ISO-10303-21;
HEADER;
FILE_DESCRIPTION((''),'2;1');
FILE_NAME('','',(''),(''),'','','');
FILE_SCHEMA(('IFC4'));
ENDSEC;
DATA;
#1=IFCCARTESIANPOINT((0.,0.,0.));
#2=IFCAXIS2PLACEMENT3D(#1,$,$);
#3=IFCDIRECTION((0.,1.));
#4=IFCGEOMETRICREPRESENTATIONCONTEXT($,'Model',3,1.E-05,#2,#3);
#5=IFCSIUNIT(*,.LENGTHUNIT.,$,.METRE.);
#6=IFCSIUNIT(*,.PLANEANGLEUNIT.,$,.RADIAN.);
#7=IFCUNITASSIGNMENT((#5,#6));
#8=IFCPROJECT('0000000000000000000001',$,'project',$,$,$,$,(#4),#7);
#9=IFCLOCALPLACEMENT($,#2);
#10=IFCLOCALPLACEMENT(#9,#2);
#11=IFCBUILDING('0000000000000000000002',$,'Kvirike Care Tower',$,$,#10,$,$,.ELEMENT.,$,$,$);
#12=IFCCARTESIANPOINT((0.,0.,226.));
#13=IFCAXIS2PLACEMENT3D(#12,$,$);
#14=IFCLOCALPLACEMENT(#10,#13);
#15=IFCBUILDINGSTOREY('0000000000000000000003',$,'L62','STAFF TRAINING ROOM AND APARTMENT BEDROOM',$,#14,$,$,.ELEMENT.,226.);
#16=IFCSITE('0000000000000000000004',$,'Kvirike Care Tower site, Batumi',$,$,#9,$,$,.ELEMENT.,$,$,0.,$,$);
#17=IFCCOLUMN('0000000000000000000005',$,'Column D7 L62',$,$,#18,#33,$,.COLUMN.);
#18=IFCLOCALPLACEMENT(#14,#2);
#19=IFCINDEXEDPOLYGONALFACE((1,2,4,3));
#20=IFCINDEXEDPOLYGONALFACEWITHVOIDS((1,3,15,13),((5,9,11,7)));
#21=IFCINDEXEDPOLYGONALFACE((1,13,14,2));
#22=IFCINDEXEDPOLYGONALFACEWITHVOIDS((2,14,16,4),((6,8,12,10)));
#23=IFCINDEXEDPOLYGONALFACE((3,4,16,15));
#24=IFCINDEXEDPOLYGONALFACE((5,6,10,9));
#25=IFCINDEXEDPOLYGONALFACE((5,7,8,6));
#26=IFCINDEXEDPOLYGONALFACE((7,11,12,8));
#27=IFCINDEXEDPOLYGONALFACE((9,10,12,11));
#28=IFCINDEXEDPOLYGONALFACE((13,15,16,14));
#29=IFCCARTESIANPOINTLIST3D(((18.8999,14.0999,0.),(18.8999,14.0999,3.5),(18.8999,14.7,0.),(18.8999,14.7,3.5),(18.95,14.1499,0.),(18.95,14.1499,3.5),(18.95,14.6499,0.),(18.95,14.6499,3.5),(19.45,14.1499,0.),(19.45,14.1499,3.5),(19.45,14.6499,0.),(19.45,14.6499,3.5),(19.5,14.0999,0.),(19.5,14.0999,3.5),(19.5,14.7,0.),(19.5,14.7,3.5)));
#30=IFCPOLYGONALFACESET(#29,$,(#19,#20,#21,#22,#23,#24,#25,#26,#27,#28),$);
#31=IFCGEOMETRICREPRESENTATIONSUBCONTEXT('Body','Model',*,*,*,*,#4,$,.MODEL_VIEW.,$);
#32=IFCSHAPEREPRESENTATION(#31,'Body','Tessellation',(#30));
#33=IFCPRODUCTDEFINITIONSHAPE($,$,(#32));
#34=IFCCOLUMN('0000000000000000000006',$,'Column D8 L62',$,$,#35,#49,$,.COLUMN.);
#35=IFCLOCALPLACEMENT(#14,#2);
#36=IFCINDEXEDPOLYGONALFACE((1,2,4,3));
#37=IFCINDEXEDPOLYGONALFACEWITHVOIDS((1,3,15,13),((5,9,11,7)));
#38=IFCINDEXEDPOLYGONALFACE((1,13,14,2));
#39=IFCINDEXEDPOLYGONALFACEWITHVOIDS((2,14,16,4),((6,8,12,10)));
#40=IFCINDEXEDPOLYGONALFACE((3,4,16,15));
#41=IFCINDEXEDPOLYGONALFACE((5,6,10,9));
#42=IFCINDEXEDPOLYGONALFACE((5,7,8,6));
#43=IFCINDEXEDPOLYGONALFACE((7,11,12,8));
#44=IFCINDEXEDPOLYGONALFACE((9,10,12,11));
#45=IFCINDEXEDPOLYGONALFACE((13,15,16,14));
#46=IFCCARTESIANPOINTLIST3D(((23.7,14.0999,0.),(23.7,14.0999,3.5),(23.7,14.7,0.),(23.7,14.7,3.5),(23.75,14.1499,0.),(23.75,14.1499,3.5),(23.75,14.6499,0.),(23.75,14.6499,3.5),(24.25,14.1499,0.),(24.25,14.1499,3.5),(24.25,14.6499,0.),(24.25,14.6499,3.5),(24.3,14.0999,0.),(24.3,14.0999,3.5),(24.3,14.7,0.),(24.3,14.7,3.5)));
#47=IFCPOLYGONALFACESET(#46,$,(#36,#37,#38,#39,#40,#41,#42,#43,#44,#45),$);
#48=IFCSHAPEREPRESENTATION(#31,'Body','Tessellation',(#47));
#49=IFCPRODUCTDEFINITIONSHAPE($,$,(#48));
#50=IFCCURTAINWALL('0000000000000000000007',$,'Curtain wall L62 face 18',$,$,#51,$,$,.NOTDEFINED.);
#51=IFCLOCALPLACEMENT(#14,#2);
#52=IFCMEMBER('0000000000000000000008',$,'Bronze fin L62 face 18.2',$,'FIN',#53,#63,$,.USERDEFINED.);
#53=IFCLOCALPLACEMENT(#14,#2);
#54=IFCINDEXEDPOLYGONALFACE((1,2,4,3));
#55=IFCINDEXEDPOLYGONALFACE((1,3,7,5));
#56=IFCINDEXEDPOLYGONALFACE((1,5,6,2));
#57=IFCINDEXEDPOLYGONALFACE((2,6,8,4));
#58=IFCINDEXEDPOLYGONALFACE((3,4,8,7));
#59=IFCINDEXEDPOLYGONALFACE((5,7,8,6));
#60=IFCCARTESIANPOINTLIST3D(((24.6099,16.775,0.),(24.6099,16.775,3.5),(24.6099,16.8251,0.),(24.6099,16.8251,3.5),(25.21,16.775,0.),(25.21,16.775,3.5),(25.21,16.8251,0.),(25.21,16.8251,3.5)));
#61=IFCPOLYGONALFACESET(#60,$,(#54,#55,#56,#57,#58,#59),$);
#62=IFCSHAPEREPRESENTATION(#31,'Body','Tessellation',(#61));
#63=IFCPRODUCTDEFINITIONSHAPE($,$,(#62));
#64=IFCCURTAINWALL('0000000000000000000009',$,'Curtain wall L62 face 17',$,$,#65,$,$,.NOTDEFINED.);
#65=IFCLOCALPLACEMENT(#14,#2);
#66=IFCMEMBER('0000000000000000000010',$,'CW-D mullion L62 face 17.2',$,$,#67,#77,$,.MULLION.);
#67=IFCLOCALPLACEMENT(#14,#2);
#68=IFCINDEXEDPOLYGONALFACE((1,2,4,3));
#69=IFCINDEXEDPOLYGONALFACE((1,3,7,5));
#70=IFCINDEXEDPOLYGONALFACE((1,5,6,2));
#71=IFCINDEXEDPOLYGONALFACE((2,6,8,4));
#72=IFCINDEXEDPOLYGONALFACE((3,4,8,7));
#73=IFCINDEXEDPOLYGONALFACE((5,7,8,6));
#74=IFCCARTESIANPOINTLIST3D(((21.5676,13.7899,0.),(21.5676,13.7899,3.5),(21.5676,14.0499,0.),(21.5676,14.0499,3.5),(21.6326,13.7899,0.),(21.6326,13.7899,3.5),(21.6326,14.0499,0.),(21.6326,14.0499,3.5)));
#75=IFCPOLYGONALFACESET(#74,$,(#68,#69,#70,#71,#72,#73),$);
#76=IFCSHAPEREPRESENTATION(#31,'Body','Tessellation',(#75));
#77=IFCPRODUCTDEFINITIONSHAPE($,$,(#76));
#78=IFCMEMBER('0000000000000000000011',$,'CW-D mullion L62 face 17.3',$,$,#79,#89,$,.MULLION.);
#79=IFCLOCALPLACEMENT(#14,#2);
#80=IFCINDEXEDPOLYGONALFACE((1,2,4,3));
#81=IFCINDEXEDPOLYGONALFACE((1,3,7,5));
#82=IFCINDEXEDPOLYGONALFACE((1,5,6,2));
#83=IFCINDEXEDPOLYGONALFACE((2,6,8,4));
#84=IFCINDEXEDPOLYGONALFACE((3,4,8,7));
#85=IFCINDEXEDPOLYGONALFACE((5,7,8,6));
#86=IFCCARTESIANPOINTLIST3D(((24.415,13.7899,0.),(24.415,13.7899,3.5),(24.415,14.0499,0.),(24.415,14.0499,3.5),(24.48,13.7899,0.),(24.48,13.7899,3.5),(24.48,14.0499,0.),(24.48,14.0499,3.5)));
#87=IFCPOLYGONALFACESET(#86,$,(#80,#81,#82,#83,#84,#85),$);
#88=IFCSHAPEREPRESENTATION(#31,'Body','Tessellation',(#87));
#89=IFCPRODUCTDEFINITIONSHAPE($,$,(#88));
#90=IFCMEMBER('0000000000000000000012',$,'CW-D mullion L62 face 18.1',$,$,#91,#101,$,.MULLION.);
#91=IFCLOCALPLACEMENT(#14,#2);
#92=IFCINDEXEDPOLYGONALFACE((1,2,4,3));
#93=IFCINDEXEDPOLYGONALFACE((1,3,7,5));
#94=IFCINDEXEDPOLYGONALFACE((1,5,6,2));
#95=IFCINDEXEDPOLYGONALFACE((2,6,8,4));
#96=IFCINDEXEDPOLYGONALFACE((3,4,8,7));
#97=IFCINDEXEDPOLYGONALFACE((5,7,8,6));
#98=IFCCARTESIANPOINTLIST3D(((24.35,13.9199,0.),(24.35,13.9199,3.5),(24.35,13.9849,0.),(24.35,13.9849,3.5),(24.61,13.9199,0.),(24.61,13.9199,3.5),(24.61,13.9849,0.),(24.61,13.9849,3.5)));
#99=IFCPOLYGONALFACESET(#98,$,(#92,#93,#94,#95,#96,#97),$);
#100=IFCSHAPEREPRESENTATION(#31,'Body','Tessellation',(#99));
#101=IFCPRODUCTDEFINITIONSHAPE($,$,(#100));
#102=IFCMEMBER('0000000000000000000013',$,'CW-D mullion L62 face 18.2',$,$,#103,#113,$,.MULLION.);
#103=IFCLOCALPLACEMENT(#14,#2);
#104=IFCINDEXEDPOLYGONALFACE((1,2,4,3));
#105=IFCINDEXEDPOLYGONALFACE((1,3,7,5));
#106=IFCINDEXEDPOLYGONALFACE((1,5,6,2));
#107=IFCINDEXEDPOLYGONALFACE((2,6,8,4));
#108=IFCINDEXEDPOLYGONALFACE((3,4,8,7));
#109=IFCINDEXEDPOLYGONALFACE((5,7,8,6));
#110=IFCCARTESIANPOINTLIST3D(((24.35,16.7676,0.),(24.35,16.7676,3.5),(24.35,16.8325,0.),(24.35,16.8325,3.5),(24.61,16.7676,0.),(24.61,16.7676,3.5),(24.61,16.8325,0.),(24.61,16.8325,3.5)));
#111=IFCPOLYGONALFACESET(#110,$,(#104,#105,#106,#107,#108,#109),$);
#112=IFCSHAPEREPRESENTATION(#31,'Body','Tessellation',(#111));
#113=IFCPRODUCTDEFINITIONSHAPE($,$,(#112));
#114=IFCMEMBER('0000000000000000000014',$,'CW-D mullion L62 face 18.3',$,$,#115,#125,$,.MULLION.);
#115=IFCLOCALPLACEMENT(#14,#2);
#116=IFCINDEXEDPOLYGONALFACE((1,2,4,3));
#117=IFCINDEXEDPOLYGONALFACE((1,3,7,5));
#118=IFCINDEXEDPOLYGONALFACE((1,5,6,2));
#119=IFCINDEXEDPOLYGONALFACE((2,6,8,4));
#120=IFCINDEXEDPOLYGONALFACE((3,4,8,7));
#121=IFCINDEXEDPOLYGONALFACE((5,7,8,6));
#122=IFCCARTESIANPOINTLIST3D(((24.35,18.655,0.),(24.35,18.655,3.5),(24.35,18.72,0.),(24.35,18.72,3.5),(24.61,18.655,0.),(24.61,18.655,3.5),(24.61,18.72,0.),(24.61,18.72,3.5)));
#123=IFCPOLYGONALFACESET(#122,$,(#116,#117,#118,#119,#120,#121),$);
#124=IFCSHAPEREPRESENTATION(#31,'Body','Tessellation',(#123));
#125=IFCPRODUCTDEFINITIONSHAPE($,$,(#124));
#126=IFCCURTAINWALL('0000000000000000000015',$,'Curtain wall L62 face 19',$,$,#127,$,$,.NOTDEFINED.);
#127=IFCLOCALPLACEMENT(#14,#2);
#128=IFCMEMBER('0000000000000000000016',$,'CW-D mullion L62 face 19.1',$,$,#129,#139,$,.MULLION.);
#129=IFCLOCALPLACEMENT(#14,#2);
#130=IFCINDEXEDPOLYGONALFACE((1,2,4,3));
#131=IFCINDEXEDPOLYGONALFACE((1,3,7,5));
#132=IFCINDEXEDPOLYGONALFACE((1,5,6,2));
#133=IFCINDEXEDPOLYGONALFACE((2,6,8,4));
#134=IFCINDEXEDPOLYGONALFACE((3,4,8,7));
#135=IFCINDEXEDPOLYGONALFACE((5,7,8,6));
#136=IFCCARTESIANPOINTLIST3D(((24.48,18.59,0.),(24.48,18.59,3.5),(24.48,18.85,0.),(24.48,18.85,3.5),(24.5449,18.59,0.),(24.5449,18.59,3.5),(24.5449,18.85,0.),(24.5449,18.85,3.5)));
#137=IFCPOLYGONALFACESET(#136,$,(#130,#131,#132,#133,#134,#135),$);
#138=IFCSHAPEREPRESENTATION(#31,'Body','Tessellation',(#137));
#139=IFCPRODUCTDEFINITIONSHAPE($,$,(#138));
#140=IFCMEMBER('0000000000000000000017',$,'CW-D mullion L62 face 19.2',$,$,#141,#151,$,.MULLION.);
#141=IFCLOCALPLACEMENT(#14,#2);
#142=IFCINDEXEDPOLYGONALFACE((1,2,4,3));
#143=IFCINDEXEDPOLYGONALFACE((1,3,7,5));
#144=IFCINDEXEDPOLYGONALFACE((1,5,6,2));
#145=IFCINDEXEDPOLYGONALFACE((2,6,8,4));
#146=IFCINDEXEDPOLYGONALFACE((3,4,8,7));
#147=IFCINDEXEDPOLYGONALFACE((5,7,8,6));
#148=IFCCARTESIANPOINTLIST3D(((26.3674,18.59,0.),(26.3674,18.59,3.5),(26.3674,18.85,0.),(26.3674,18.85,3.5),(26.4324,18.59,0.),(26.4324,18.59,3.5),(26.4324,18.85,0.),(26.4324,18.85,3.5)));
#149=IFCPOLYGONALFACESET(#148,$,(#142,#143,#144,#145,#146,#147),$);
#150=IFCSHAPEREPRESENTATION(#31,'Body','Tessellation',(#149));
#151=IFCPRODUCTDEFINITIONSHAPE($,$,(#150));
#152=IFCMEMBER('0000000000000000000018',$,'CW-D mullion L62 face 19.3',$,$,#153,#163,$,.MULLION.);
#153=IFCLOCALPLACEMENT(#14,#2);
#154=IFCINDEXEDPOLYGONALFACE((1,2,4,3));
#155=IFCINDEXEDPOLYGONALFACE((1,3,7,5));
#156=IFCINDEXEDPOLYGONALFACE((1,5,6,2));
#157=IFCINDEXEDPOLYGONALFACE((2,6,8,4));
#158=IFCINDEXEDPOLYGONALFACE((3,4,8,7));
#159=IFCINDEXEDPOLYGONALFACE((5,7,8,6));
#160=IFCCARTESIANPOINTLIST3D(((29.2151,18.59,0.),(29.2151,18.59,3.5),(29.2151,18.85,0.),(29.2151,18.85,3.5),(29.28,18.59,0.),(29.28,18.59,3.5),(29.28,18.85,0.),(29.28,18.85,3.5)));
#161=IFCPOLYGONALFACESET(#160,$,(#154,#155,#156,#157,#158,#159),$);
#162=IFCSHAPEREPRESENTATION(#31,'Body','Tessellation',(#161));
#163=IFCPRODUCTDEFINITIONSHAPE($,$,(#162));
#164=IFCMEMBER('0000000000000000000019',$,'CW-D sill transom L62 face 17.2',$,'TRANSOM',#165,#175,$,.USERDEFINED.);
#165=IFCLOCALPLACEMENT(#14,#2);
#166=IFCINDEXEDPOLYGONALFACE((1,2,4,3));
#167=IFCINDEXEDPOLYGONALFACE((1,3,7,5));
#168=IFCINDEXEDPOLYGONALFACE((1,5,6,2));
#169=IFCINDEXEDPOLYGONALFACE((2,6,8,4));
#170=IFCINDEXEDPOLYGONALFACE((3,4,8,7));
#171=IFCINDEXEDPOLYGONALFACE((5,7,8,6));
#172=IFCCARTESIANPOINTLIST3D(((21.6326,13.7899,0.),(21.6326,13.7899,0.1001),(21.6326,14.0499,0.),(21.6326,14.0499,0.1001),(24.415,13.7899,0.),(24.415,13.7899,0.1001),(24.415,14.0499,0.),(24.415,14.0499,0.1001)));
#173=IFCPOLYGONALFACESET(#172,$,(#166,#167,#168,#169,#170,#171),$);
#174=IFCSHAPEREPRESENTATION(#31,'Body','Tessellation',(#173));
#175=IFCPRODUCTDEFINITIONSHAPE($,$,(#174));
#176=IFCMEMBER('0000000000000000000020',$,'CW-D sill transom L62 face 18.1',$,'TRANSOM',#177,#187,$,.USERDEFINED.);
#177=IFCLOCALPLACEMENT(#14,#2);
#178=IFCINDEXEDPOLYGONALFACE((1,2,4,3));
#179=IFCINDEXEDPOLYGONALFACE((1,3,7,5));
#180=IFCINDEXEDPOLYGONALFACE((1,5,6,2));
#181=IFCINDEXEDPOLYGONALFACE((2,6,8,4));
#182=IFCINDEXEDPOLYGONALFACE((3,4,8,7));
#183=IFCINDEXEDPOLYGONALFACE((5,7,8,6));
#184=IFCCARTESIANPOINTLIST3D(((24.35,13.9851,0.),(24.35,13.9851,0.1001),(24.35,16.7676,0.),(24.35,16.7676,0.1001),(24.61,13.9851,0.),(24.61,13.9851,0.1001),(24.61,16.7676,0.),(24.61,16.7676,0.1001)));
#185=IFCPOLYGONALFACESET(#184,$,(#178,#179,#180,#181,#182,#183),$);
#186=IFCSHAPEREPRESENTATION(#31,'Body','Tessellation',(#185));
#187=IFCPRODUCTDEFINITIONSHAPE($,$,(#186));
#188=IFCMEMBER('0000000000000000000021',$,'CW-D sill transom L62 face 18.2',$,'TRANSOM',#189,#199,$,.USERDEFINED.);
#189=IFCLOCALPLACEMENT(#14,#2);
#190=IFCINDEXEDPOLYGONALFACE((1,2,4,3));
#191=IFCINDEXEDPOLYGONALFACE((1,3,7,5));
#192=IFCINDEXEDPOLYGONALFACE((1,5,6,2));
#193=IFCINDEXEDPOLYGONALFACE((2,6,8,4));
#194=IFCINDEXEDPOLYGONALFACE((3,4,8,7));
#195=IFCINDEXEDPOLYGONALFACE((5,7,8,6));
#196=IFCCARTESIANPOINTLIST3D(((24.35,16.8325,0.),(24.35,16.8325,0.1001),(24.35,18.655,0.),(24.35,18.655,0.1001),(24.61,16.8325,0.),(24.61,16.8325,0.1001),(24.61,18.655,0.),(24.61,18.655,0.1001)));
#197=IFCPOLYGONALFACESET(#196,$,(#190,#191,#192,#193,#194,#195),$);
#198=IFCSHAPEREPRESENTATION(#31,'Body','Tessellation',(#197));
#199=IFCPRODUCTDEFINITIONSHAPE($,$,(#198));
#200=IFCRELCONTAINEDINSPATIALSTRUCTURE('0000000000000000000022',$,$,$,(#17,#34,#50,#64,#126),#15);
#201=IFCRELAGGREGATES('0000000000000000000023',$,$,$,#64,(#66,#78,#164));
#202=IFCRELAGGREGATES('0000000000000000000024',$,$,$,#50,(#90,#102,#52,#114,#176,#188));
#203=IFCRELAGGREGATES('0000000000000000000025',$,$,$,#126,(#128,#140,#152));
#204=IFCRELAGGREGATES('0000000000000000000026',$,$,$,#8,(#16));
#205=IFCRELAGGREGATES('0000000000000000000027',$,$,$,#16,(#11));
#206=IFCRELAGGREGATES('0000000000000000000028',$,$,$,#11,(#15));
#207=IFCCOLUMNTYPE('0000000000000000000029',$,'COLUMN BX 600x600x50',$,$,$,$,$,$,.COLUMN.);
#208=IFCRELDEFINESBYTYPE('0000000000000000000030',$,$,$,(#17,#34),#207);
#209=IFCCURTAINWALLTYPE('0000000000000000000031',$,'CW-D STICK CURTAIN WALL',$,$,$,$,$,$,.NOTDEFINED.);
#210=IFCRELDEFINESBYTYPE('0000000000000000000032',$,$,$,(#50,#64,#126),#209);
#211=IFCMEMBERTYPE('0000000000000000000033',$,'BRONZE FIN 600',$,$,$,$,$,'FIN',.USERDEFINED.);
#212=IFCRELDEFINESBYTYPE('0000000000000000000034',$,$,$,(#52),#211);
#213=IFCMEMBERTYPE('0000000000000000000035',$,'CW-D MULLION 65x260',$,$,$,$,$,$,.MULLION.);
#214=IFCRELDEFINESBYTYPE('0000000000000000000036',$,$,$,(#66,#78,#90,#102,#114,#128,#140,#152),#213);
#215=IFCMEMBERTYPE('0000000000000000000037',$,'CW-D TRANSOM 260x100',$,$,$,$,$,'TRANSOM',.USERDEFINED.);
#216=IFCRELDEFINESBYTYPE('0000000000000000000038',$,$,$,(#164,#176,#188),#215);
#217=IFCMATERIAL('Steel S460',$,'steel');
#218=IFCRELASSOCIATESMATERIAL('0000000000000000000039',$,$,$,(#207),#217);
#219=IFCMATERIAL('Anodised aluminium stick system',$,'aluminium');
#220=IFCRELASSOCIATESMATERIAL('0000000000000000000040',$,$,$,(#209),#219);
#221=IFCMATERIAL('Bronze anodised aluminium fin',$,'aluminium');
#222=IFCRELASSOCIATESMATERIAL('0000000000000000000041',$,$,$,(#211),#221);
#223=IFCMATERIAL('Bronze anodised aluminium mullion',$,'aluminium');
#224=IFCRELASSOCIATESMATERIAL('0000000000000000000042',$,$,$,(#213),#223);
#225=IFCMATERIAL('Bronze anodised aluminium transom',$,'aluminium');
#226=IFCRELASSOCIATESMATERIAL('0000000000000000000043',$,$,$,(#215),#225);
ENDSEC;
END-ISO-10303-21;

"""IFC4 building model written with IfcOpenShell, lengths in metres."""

from ifc_helpers import new_model, si_unit, direction, frame, origin, origin_2d, place, context, subcontext, project, spatial, rectangle, hollow_rectangle, extrude, material, material_profile, profile_set, type_object, element, aggregate, save


model = new_model("IFC4")

# Units and contexts
model_context = context("Model", 3, precision=1e-05, world=origin(), true_north=direction((0.0, 1.0)))
body_context = subcontext(model_context, "Body", "Model", "MODEL_VIEW")
ifc_project = project(units=[si_unit("LENGTHUNIT", "METRE"), si_unit("PLANEANGLEUNIT", "RADIAN")], contexts=[model_context])

# Site, building, storey
site_placement = place(None, origin())
site = spatial("IfcSite", under=ifc_project, at=site_placement, Name="Kvirike Care Tower site, Batumi", CompositionType="ELEMENT", RefElevation=0.0)
building_placement = place(site_placement, origin())
building = spatial("IfcBuilding", under=site, at=building_placement, Name="Kvirike Care Tower", CompositionType="ELEMENT")
storey_placement = place(building_placement, frame((0.0, 0.0, 226.0)))
storey = spatial("IfcBuildingStorey", under=building, at=storey_placement, Name="L62", Description="STAFF TRAINING ROOM AND APARTMENT BEDROOM", CompositionType="ELEMENT", Elevation=226.0)

# Columns
ifc_material_1 = material(Name="Steel S460", Category="steel")
ifc_material_profile_1 = material_profile(ifc_material_1, hollow_rectangle(XDim=0.6001, YDim=0.6001, WallThickness=0.05, at=origin_2d()), Name="BX 600x600x50")
ifc_profile_set_1 = profile_set([ifc_material_profile_1], Name="Steel S460")
column_type = type_object("IfcColumnType", Name="COLUMN BX 600x600x50", PredefinedType="COLUMN", material=ifc_profile_set_1)
for number, where, z_axis, x_axis, name in (
    (1, (19.2, 14.3999, 0.0), (0.0, 0.0, 1.0), (0.0, 1.0, 0.0), "Column D7 L62"),
    (2, (24.0, 14.3999, 0.0), (0.0, 0.0, 1.0), (0.0, 1.0, 0.0), "Column D8 L62"),
):
    element("IfcColumn", number, at=place(storey_placement, frame(where, z_axis=z_axis, x_axis=x_axis)), inside=storey, type_object=column_type, Name=name, PredefinedType="COLUMN", context=body_context, shape_type="SweptSolid", body=[
        extrude(hollow_rectangle(XDim=0.6001, YDim=0.6001, WallThickness=0.05, at=origin_2d()), origin(), (0.0, 0.0, 1.0), 3.5),
    ])

# Curtain wall, member
ifc_material_2 = material(Name="Anodised aluminium stick system", Category="aluminium")
curtain_wall_type = type_object("IfcCurtainWallType", Name="CW-D STICK CURTAIN WALL", PredefinedType="NOTDEFINED", material=ifc_material_2)
curtain_wall_1_placement = place(storey_placement, origin())
curtain_wall_1 = element("IfcCurtainWall", 3, at=curtain_wall_1_placement, inside=storey, type_object=curtain_wall_type, Name="Curtain wall L62 face 18", PredefinedType="NOTDEFINED")
ifc_material_3 = material(Name="Bronze anodised aluminium fin", Category="aluminium")
ifc_material_profile_2 = material_profile(ifc_material_3, rectangle(XDim=0.05, YDim=0.6001, at=origin_2d()), Name="BRONZE FIN 600")
ifc_profile_set_2 = profile_set([ifc_material_profile_2], Name="Bronze anodised aluminium fin")
member_type_1 = type_object("IfcMemberType", Name="BRONZE FIN 600", ElementType="FIN", PredefinedType="USERDEFINED", material=ifc_profile_set_2)
member_1_placement = place(storey_placement, frame((24.9099, 16.8, 0.0), z_axis=(0.0, 0.0, 1.0), x_axis=(0.0, 1.0, 0.0)))
member_1 = element("IfcMember", 4, at=member_1_placement, type_object=member_type_1, Name="Bronze fin L62 face 18.2", ObjectType="FIN", PredefinedType="USERDEFINED", context=body_context, shape_type="SweptSolid", body=[
    extrude(rectangle(XDim=0.05, YDim=0.6001, at=origin_2d()), origin(), (0.0, 0.0, 1.0), 3.5),
])

# Curtain wall, members
curtain_wall_2_placement = place(storey_placement, origin())
curtain_wall_2 = element("IfcCurtainWall", 5, at=curtain_wall_2_placement, inside=storey, type_object=curtain_wall_type, Name="Curtain wall L62 face 17", PredefinedType="NOTDEFINED")
ifc_material_4 = material(Name="Bronze anodised aluminium mullion", Category="aluminium")
ifc_material_profile_3 = material_profile(ifc_material_4, rectangle(XDim=0.0649, YDim=0.26, at=origin_2d()), Name="CW-D MULLION 65x260")
ifc_profile_set_3 = profile_set([ifc_material_profile_3], Name="Bronze anodised aluminium mullion")
member_type_2 = type_object("IfcMemberType", Name="CW-D MULLION 65x260", PredefinedType="MULLION", material=ifc_profile_set_3)
member_2_placement = place(storey_placement, frame((21.6001, 13.9199, 0.0), z_axis=(0.0, 0.0, 1.0), x_axis=(1.0, 0.0, 0.0)))
member_2 = element("IfcMember", 6, at=member_2_placement, type_object=member_type_2, Name="CW-D mullion L62 face 17.2", PredefinedType="MULLION", context=body_context, shape_type="SweptSolid", body=[
    extrude(rectangle(XDim=0.0649, YDim=0.26, at=origin_2d()), origin(), (0.0, 0.0, 1.0), 3.5),
])
member_3_placement = place(storey_placement, frame((24.4475, 13.9199, 0.0), z_axis=(0.0, 0.0, 1.0), x_axis=(1.0, 0.0, 0.0)))
member_3 = element("IfcMember", 7, at=member_3_placement, type_object=member_type_2, Name="CW-D mullion L62 face 17.3", PredefinedType="MULLION", context=body_context, shape_type="SweptSolid", body=[
    extrude(rectangle(XDim=0.0649, YDim=0.26, at=origin_2d()), origin(), (0.0, 0.0, 1.0), 3.5),
])

# Members
member_4_placement = place(storey_placement, frame((24.48, 13.9524, 0.0), z_axis=(0.0, 0.0, 1.0), x_axis=(0.0, 1.0, 0.0)))
member_4 = element("IfcMember", 8, at=member_4_placement, type_object=member_type_2, Name="CW-D mullion L62 face 18.1", PredefinedType="MULLION", context=body_context, shape_type="SweptSolid", body=[
    extrude(rectangle(XDim=0.0649, YDim=0.26, at=origin_2d()), origin(), (0.0, 0.0, 1.0), 3.5),
])
member_5_placement = place(storey_placement, frame((24.48, 16.8, 0.0), z_axis=(0.0, 0.0, 1.0), x_axis=(0.0, 1.0, 0.0)))
member_5 = element("IfcMember", 9, at=member_5_placement, type_object=member_type_2, Name="CW-D mullion L62 face 18.2", PredefinedType="MULLION", context=body_context, shape_type="SweptSolid", body=[
    extrude(rectangle(XDim=0.0649, YDim=0.26, at=origin_2d()), origin(), (0.0, 0.0, 1.0), 3.5),
])
member_6_placement = place(storey_placement, frame((24.48, 18.6875, 0.0), z_axis=(0.0, 0.0, 1.0), x_axis=(0.0, 1.0, 0.0)))
member_6 = element("IfcMember", 10, at=member_6_placement, type_object=member_type_2, Name="CW-D mullion L62 face 18.3", PredefinedType="MULLION", context=body_context, shape_type="SweptSolid", body=[
    extrude(rectangle(XDim=0.0649, YDim=0.26, at=origin_2d()), origin(), (0.0, 0.0, 1.0), 3.5),
])

# Curtain wall, members
curtain_wall_3_placement = place(storey_placement, origin())
curtain_wall_3 = element("IfcCurtainWall", 11, at=curtain_wall_3_placement, inside=storey, type_object=curtain_wall_type, Name="Curtain wall L62 face 19", PredefinedType="NOTDEFINED")
member_7_placement = place(storey_placement, frame((24.5125, 18.72, 0.0), z_axis=(0.0, 0.0, 1.0), x_axis=(1.0, 0.0, 0.0)))
member_7 = element("IfcMember", 12, at=member_7_placement, type_object=member_type_2, Name="CW-D mullion L62 face 19.1", PredefinedType="MULLION", context=body_context, shape_type="SweptSolid", body=[
    extrude(rectangle(XDim=0.0649, YDim=0.26, at=origin_2d()), origin(), (0.0, 0.0, 1.0), 3.5),
])
member_8_placement = place(storey_placement, frame((26.3999, 18.72, 0.0), z_axis=(0.0, 0.0, 1.0), x_axis=(1.0, 0.0, 0.0)))
member_8 = element("IfcMember", 13, at=member_8_placement, type_object=member_type_2, Name="CW-D mullion L62 face 19.2", PredefinedType="MULLION", context=body_context, shape_type="SweptSolid", body=[
    extrude(rectangle(XDim=0.0649, YDim=0.26, at=origin_2d()), origin(), (0.0, 0.0, 1.0), 3.5),
])
member_9_placement = place(storey_placement, frame((29.2476, 18.72, 0.0), z_axis=(0.0, 0.0, 1.0), x_axis=(1.0, 0.0, 0.0)))
member_9 = element("IfcMember", 14, at=member_9_placement, type_object=member_type_2, Name="CW-D mullion L62 face 19.3", PredefinedType="MULLION", context=body_context, shape_type="SweptSolid", body=[
    extrude(rectangle(XDim=0.0649, YDim=0.26, at=origin_2d()), origin(), (0.0, 0.0, 1.0), 3.5),
])

# Members
ifc_material_5 = material(Name="Bronze anodised aluminium transom", Category="aluminium")
ifc_material_profile_4 = material_profile(ifc_material_5, rectangle(XDim=0.26, YDim=0.1001, at=origin_2d()), Name="CW-D TRANSOM 260x100")
ifc_profile_set_4 = profile_set([ifc_material_profile_4], Name="Bronze anodised aluminium transom")
member_type_3 = type_object("IfcMemberType", Name="CW-D TRANSOM 260x100", ElementType="TRANSOM", PredefinedType="USERDEFINED", material=ifc_profile_set_4)
member_10_placement = place(storey_placement, frame((21.6326, 13.9199, 0.05), z_axis=(1.0, 0.0, 0.0), x_axis=(0.0, 1.0, 0.0)))
member_10 = element("IfcMember", 15, at=member_10_placement, type_object=member_type_3, Name="CW-D sill transom L62 face 17.2", ObjectType="TRANSOM", PredefinedType="USERDEFINED", context=body_context, shape_type="SweptSolid", body=[
    extrude(rectangle(XDim=0.26, YDim=0.1001, at=origin_2d()), origin(), (0.0, 0.0, 1.0), 2.7825),
])
member_11_placement = place(storey_placement, frame((24.48, 13.9851, 0.05), z_axis=(0.0, 1.0, 0.0), x_axis=(-1.0, 0.0, 0.0)))
member_11 = element("IfcMember", 16, at=member_11_placement, type_object=member_type_3, Name="CW-D sill transom L62 face 18.1", ObjectType="TRANSOM", PredefinedType="USERDEFINED", context=body_context, shape_type="SweptSolid", body=[
    extrude(rectangle(XDim=0.26, YDim=0.1001, at=origin_2d()), origin(), (0.0, 0.0, 1.0), 2.7825),
])
member_12_placement = place(storey_placement, frame((24.48, 16.8325, 0.05), z_axis=(0.0, 1.0, 0.0), x_axis=(-1.0, 0.0, 0.0)))
member_12 = element("IfcMember", 17, at=member_12_placement, type_object=member_type_3, Name="CW-D sill transom L62 face 18.2", ObjectType="TRANSOM", PredefinedType="USERDEFINED", context=body_context, shape_type="SweptSolid", body=[
    extrude(rectangle(XDim=0.26, YDim=0.1001, at=origin_2d()), origin(), (0.0, 0.0, 1.0), 1.8225),
])

aggregate(curtain_wall_2, [member_2, member_3, member_10])
aggregate(curtain_wall_1, [member_4, member_5, member_1, member_6, member_11, member_12])
aggregate(curtain_wall_3, [member_7, member_8, member_9])

save(model, "model.ifc")
